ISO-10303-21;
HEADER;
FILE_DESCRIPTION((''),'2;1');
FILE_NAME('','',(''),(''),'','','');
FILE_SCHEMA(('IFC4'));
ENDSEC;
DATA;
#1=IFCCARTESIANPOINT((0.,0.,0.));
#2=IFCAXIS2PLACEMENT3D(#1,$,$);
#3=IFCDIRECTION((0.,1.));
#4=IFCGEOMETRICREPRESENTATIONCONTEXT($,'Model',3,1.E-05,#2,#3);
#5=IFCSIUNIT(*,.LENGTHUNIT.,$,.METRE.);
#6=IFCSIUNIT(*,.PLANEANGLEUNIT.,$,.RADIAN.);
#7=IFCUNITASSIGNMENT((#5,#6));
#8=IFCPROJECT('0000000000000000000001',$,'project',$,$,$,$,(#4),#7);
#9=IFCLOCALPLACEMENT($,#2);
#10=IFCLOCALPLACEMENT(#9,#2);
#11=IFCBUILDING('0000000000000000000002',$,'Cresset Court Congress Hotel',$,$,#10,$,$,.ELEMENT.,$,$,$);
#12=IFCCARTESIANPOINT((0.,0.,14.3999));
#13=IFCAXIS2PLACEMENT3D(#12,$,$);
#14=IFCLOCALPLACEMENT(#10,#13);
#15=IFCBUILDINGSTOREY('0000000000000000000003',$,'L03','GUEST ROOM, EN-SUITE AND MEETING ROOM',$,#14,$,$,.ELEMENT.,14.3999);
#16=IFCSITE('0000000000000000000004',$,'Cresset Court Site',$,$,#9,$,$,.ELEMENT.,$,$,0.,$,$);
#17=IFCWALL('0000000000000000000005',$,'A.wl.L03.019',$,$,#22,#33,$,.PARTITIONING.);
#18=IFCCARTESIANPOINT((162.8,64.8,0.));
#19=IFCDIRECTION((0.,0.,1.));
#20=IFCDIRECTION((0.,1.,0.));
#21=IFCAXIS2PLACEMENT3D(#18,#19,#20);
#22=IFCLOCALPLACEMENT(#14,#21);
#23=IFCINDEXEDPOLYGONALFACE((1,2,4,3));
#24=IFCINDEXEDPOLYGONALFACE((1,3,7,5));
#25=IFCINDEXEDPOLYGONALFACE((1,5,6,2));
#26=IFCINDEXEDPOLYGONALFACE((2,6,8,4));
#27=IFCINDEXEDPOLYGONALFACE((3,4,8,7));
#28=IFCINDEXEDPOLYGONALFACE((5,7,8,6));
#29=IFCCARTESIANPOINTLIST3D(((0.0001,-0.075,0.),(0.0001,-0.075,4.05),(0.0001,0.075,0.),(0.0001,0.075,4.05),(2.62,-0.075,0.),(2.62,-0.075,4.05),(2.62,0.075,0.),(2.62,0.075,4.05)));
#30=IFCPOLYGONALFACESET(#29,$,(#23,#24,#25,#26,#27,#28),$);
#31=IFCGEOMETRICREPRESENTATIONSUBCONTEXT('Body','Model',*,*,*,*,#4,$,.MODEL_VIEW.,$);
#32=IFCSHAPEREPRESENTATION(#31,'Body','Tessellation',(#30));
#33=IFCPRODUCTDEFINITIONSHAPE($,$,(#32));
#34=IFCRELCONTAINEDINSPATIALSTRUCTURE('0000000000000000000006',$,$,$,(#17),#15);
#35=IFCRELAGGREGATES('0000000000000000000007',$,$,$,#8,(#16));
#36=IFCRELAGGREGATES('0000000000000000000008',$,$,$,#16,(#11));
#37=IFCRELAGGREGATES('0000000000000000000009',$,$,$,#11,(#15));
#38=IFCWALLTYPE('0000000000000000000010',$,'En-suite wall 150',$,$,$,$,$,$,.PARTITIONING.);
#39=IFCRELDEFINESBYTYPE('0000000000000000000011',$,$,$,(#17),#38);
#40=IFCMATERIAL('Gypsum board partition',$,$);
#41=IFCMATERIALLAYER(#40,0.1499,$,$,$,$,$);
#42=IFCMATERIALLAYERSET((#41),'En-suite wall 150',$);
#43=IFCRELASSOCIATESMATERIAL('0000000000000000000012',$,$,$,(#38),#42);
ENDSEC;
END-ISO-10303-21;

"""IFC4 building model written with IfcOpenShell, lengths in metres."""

from ifc_helpers import new_model, si_unit, direction, frame, frame_2d, origin, place, context, subcontext, project, spatial, rectangle, extrude, material, layer, layer_set, type_object, element, save


model = new_model("IFC4")

# Units and contexts
model_context = context("Model", 3, precision=1e-05, world=origin(), true_north=direction((0.0, 1.0)))
body_context = subcontext(model_context, "Body", "Model", "MODEL_VIEW")
ifc_project = project(units=[si_unit("LENGTHUNIT", "METRE"), si_unit("PLANEANGLEUNIT", "RADIAN")], contexts=[model_context])

# Site, building, storey
site_placement = place(None, origin())
site = spatial("IfcSite", under=ifc_project, at=site_placement, Name="Cresset Court Site", CompositionType="ELEMENT", RefElevation=0.0)
building_placement = place(site_placement, origin())
building = spatial("IfcBuilding", under=site, at=building_placement, Name="Cresset Court Congress Hotel", CompositionType="ELEMENT")
storey_placement = place(building_placement, frame((0.0, 0.0, 14.3999)))
storey = spatial("IfcBuildingStorey", under=building, at=storey_placement, Name="L03", Description="GUEST ROOM, EN-SUITE AND MEETING ROOM", CompositionType="ELEMENT", Elevation=14.3999)

# Wall
ifc_material_1 = material(Name="Gypsum board partition")
ifc_layer_1 = layer(ifc_material_1, 0.1499)
ifc_layer_set_1 = layer_set([ifc_layer_1], Name="En-suite wall 150")
wall_type_1 = type_object("IfcWallType", Name="En-suite wall 150", PredefinedType="PARTITIONING", material=ifc_layer_set_1)
wall_1_placement = place(storey_placement, frame((162.8, 64.8, 0.0), z_axis=(0.0, 0.0, 1.0), x_axis=(0.0, 1.0, 0.0)))
element("IfcWall", 1, at=wall_1_placement, inside=storey, type_object=wall_type_1, Name="A.wl.L03.019", PredefinedType="PARTITIONING", context=body_context, shape_type="SweptSolid", body=[
    extrude(rectangle(XDim=2.6199, YDim=0.1499, at=frame_2d((1.3101, 0.0))), origin(), (0.0, 0.0, 1.0), 4.05),
])

save(model, "model.ifc")
